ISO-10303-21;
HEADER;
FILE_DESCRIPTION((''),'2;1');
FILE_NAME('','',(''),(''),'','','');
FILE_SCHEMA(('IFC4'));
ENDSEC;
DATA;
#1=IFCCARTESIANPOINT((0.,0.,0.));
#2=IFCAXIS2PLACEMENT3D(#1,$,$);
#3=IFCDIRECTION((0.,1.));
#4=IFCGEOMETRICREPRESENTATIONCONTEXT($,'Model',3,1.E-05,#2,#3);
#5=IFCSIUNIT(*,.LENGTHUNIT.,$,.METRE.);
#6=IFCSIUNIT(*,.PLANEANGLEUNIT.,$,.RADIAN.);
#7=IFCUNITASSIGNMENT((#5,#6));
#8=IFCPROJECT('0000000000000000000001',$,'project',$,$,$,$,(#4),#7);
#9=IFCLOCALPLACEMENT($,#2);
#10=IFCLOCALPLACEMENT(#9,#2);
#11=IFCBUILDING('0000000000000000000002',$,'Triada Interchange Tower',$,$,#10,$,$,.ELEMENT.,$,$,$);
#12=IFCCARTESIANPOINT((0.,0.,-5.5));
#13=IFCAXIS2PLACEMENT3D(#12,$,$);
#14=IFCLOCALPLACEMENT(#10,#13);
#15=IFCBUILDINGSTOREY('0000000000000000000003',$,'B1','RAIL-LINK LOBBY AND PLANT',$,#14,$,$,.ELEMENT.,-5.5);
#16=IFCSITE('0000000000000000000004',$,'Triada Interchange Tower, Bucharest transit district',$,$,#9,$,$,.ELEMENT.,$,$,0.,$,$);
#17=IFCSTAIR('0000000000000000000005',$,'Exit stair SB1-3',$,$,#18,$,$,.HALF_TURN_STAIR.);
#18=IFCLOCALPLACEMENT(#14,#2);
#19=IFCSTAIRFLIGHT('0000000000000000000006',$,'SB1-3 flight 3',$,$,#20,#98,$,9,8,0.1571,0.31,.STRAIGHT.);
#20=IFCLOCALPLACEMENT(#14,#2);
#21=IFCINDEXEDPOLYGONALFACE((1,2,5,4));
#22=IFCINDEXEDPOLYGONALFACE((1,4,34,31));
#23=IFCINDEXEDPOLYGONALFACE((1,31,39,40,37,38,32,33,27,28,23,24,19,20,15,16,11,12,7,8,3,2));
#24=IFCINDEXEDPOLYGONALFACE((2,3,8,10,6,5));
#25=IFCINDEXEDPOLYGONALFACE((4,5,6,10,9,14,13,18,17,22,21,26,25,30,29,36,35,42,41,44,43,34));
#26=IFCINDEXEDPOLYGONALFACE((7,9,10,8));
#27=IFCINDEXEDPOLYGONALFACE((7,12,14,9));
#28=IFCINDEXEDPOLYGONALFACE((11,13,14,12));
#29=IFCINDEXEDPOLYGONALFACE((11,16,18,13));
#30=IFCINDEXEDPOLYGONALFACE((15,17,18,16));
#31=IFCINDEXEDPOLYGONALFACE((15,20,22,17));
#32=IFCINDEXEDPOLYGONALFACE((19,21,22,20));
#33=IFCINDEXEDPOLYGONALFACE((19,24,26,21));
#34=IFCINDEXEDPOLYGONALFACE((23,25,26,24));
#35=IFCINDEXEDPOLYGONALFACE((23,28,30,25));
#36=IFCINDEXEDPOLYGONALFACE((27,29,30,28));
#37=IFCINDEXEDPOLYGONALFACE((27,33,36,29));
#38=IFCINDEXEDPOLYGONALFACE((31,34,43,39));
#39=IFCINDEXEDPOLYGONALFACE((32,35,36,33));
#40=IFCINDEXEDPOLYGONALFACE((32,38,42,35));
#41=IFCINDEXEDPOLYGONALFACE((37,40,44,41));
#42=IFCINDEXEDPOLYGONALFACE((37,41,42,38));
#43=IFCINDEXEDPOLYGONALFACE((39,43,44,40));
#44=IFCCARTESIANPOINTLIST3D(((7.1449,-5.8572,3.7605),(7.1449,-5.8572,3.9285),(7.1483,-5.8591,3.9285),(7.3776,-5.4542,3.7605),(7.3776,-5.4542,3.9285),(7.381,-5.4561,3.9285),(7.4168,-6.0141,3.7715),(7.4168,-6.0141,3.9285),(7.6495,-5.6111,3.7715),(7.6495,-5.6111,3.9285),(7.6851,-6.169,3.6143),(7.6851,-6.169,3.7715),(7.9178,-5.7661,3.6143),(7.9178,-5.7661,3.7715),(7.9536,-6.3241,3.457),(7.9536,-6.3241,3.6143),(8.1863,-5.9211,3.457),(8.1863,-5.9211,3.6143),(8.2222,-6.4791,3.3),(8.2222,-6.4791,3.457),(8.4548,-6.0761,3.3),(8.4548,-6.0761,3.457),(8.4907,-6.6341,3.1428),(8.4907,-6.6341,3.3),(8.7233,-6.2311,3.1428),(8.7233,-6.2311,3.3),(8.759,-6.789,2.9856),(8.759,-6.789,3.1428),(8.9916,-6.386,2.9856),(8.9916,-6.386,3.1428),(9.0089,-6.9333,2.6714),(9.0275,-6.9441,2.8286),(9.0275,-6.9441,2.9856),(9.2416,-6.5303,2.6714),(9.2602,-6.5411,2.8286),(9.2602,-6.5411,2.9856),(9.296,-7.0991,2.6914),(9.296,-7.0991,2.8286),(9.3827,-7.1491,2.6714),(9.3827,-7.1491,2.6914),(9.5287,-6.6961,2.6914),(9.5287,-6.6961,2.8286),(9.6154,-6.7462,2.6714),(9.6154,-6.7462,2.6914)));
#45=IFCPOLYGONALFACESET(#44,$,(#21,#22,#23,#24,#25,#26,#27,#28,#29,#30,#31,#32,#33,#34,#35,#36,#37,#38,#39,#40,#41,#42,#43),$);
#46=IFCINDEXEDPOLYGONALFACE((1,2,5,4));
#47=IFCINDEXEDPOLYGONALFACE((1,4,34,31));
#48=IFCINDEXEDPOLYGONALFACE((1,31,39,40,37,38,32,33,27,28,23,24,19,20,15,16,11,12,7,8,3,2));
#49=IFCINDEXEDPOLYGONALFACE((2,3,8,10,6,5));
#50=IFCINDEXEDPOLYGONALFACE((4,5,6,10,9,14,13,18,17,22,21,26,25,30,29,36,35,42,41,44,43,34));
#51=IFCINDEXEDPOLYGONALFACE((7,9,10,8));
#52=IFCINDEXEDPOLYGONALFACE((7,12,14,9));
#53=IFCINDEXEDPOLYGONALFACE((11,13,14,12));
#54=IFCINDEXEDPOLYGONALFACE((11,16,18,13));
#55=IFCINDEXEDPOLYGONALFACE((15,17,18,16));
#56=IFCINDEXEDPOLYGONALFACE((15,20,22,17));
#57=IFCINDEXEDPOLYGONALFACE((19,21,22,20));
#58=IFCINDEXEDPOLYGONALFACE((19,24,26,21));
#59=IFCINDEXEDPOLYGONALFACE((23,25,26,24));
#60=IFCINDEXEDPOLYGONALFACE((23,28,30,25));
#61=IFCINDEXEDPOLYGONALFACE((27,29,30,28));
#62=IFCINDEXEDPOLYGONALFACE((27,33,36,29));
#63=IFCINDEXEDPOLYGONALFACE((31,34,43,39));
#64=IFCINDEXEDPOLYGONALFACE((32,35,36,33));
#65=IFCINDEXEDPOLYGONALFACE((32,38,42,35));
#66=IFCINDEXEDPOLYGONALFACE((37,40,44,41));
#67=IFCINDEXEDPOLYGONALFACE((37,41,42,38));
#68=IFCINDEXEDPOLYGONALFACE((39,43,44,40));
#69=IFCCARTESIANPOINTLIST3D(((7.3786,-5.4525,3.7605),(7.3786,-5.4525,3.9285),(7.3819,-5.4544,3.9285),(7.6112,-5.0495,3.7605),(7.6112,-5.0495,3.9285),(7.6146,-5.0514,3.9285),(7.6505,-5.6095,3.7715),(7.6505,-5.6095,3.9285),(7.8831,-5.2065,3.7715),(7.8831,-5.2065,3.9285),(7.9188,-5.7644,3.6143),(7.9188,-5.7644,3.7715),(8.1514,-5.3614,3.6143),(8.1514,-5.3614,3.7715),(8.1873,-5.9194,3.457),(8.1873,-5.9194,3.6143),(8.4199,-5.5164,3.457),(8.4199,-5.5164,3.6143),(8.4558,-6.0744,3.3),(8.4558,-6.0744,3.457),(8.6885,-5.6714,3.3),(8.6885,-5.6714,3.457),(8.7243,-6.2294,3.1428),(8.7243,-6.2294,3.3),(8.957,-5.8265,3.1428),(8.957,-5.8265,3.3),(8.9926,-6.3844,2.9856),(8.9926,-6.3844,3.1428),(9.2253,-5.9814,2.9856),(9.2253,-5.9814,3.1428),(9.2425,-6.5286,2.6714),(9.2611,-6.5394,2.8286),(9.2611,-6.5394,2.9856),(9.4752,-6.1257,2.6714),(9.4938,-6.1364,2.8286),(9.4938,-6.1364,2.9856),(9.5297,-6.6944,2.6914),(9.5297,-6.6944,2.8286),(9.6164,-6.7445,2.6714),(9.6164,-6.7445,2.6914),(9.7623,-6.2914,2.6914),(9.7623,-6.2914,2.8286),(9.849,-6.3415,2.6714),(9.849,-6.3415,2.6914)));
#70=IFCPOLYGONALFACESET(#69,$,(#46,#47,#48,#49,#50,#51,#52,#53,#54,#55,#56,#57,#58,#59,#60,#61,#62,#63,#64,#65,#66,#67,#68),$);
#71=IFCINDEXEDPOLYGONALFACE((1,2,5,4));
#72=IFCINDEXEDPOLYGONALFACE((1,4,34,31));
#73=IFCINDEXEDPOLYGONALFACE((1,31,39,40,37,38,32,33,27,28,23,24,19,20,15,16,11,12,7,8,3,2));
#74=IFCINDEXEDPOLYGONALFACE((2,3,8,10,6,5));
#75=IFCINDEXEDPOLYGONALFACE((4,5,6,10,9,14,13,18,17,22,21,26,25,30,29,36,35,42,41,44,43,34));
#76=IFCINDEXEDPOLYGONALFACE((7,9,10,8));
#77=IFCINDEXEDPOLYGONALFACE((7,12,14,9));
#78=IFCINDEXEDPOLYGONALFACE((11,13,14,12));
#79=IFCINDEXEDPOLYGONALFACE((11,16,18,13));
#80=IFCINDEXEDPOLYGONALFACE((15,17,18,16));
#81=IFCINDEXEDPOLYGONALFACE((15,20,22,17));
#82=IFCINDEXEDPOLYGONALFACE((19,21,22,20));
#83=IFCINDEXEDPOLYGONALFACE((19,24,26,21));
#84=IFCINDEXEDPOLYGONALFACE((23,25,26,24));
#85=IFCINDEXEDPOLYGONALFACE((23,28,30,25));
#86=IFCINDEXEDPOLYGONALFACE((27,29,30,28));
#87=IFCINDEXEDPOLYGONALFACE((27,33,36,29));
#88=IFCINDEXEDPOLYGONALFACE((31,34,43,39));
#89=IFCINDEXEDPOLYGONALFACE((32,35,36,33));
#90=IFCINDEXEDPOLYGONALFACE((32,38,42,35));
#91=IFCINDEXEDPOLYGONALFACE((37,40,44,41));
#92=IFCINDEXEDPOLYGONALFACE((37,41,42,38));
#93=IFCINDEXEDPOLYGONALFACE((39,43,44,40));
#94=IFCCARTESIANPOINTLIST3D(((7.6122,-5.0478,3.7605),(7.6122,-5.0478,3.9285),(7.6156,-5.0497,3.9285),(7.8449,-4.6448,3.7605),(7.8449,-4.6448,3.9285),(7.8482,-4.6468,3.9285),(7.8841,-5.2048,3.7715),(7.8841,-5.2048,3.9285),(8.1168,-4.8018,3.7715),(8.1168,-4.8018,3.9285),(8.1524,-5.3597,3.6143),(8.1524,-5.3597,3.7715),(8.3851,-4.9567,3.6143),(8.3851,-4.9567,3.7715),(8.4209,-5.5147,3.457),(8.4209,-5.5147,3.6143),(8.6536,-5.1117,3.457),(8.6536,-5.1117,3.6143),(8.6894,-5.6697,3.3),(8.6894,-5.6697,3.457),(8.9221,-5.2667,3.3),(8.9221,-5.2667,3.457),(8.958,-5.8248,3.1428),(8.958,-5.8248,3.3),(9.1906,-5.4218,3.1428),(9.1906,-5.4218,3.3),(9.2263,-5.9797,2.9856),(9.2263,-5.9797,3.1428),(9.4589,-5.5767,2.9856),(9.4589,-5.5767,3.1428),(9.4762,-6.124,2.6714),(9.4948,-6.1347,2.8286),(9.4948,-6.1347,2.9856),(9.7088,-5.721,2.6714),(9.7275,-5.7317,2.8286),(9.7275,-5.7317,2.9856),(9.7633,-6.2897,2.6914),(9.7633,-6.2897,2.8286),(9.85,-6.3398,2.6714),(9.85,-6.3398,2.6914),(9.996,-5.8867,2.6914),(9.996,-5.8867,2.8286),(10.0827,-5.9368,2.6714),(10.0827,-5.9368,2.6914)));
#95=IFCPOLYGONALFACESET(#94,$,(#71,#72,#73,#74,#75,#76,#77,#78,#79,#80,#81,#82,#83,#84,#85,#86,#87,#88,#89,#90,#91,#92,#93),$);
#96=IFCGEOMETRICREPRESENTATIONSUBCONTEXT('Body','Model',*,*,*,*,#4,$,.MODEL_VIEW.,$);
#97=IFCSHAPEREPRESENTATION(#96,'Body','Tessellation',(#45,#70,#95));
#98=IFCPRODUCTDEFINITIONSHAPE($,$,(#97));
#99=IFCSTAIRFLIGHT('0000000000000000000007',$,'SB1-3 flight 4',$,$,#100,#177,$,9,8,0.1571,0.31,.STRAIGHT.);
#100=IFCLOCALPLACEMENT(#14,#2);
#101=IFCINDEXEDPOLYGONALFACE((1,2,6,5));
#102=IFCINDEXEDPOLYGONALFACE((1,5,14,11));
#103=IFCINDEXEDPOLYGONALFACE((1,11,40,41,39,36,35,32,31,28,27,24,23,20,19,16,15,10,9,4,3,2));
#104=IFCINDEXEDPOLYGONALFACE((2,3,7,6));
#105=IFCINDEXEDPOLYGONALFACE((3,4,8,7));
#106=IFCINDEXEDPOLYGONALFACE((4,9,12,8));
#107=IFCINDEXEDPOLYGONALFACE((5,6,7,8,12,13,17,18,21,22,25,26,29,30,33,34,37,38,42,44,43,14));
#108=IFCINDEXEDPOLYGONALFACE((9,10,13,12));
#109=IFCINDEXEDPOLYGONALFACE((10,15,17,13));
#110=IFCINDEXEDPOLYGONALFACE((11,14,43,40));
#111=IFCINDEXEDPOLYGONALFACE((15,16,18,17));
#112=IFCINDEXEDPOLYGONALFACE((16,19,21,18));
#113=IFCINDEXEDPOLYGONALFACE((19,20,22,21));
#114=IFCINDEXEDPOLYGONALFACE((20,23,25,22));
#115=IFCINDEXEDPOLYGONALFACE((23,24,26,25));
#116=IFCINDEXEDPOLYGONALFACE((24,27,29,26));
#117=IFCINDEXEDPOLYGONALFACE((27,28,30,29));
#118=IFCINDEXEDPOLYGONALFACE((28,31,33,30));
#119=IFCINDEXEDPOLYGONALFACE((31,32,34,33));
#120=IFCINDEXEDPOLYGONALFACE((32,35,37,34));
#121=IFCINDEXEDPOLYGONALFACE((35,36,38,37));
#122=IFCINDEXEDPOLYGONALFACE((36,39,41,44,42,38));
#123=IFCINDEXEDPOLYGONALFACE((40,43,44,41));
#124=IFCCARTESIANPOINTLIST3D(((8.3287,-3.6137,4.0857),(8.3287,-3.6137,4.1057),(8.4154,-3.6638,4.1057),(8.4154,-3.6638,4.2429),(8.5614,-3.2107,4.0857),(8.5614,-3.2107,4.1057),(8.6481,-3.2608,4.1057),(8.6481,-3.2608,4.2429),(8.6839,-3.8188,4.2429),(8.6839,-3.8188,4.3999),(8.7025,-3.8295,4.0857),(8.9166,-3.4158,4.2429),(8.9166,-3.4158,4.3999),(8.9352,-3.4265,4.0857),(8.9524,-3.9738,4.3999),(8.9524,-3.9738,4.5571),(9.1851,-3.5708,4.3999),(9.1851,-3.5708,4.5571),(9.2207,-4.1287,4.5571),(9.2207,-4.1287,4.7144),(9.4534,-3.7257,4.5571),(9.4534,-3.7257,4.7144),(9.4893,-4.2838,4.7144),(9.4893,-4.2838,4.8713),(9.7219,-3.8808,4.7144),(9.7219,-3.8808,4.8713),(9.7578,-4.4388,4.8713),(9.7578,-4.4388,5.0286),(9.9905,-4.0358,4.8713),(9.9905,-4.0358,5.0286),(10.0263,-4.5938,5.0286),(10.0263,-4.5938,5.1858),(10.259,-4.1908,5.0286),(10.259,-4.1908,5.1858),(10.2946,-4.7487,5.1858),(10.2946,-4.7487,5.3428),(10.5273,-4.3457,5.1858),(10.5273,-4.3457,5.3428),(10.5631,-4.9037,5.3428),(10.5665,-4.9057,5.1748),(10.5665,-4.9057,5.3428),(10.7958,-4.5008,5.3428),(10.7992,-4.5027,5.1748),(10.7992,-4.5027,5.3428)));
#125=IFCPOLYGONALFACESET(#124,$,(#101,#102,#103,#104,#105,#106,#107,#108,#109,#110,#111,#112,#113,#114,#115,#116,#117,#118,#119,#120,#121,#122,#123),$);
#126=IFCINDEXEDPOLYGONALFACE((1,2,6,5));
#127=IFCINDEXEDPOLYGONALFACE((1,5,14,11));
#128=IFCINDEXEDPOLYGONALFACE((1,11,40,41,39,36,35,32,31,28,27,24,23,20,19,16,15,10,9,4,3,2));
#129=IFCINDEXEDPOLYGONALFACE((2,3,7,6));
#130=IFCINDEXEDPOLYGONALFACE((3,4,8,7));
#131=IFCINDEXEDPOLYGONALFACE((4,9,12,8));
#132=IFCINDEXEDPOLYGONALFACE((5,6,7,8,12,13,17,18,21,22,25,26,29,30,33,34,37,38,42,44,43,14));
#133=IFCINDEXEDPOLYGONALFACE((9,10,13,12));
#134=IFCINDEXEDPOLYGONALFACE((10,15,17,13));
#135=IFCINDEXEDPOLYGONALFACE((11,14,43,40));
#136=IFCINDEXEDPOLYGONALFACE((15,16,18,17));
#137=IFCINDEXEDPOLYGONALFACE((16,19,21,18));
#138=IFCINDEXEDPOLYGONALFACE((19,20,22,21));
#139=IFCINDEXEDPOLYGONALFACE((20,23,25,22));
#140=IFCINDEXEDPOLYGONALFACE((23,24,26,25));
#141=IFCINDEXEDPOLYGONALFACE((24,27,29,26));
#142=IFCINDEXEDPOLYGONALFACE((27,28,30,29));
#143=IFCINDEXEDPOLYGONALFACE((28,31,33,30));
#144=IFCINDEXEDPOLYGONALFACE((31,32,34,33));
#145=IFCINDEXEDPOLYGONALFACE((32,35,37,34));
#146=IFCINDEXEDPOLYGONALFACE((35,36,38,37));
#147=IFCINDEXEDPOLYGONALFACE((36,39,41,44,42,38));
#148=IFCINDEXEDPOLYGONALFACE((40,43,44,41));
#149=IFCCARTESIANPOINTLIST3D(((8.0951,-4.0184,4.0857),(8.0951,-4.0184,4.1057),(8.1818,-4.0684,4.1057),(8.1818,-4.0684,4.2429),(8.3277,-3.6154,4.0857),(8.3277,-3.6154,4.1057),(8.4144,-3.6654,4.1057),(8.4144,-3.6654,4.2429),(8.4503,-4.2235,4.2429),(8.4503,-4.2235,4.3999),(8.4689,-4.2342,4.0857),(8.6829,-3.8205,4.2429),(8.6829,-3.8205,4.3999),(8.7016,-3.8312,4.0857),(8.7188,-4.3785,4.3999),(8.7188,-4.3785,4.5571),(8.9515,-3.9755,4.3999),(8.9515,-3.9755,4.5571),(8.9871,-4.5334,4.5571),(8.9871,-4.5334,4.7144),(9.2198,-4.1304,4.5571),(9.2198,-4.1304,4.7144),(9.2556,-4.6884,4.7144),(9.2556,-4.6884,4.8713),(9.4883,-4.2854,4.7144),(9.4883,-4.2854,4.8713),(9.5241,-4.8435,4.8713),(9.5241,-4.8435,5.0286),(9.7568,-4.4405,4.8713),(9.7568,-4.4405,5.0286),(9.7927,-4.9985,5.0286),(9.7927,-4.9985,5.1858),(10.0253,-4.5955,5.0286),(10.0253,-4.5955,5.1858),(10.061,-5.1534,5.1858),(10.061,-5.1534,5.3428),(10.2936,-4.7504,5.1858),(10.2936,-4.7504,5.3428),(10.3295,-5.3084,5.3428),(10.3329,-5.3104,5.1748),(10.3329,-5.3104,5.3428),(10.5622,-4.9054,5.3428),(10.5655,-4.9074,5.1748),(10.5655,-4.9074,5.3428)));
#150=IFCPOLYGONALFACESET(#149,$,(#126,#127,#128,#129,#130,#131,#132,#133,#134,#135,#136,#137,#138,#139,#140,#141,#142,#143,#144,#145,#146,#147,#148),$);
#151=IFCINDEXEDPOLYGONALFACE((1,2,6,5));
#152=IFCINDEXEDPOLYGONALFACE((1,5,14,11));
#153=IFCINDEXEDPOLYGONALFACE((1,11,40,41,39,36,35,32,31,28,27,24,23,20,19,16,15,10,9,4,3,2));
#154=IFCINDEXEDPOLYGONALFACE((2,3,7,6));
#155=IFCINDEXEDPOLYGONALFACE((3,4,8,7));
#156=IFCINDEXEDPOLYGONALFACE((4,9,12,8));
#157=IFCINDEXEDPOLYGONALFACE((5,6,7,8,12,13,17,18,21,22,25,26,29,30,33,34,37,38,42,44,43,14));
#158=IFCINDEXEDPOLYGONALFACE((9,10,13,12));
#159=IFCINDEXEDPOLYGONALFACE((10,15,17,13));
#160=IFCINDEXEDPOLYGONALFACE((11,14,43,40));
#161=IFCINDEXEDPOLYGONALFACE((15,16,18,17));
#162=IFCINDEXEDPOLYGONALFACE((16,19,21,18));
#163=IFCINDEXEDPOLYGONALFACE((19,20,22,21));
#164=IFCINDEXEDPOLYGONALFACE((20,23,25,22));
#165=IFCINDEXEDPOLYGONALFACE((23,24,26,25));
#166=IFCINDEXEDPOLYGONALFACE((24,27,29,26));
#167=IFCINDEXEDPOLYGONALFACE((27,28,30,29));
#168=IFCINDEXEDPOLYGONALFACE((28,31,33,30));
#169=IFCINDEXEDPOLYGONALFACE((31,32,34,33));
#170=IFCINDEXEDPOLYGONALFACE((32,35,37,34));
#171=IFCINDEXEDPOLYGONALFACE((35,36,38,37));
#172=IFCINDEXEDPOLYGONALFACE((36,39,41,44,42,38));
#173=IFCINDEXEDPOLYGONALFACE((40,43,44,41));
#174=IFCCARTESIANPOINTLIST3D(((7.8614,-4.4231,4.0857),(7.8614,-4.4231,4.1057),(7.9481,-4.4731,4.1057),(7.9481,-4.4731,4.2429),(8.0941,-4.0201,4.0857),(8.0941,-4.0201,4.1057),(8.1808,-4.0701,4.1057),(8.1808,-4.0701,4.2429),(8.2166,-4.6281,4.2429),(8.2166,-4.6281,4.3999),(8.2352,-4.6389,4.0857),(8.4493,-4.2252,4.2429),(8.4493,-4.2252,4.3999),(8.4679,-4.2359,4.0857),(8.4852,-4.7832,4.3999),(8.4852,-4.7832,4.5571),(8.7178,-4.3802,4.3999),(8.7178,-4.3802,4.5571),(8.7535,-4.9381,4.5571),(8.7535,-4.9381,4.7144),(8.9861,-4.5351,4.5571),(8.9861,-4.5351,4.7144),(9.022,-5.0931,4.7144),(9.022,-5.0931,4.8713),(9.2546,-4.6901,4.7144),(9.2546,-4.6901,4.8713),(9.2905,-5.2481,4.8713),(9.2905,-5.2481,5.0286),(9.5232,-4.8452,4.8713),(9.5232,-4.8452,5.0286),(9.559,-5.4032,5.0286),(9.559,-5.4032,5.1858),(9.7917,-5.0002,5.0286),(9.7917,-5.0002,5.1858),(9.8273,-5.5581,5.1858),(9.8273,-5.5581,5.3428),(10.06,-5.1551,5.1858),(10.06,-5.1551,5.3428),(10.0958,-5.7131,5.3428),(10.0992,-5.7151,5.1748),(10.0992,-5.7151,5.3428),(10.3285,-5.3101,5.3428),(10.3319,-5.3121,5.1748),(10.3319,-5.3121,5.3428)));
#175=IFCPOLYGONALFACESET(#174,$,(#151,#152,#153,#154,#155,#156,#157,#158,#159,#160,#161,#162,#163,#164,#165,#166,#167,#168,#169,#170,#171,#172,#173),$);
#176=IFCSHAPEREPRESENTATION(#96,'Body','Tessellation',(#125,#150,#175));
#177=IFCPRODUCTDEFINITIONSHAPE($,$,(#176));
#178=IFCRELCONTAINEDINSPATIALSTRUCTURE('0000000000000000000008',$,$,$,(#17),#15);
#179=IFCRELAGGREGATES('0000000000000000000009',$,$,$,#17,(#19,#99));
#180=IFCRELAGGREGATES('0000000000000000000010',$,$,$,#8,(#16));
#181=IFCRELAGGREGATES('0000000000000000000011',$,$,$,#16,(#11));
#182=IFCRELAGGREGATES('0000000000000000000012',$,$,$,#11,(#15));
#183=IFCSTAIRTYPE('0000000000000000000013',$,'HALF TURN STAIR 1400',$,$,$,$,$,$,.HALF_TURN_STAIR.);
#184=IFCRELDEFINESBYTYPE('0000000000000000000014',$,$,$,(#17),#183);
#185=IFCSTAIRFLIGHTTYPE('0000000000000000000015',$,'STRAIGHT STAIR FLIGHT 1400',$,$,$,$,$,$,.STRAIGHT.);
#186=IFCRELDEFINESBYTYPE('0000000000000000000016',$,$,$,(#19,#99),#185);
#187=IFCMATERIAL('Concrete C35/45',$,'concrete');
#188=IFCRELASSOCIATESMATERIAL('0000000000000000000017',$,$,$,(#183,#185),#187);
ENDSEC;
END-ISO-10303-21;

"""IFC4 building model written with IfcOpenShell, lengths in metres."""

from ifc_helpers import new_model, si_unit, direction, frame, origin, place, context, subcontext, project, spatial, polyline, outline, extrude, material, type_object, element, aggregate, save


model = new_model("IFC4")

# Units and contexts
model_context = context("Model", 3, precision=1e-05, world=origin(), true_north=direction((0.0, 1.0)))
body_context = subcontext(model_context, "Body", "Model", "MODEL_VIEW")
ifc_project = project(units=[si_unit("LENGTHUNIT", "METRE"), si_unit("PLANEANGLEUNIT", "RADIAN")], contexts=[model_context])

# Site, building, storey
site_placement = place(None, origin())
site = spatial("IfcSite", under=ifc_project, at=site_placement, Name="Triada Interchange Tower, Bucharest transit district", CompositionType="ELEMENT", RefElevation=0.0)
building_placement = place(site_placement, origin())
building = spatial("IfcBuilding", under=site, at=building_placement, Name="Triada Interchange Tower", CompositionType="ELEMENT")
storey_placement = place(building_placement, frame((0.0, 0.0, -5.5)))
storey = spatial("IfcBuildingStorey", under=building, at=storey_placement, Name="B1", Description="RAIL-LINK LOBBY AND PLANT", CompositionType="ELEMENT", Elevation=-5.5)

# Stair, stair flights
ifc_material_1 = material(Name="Concrete C35/45", Category="concrete")
stair_type = type_object("IfcStairType", Name="HALF TURN STAIR 1400", PredefinedType="HALF_TURN_STAIR", material=ifc_material_1)
stair_placement = place(storey_placement, origin())
stair = element("IfcStair", 1, at=stair_placement, inside=storey, type_object=stair_type, Name="Exit stair SB1-3", PredefinedType="HALF_TURN_STAIR")
stair_flight_type = type_object("IfcStairFlightType", Name="STRAIGHT STAIR FLIGHT 1400", PredefinedType="STRAIGHT", material=ifc_material_1)
stair_flight_1_placement = place(storey_placement, frame((9.646, -6.4929, 2.6714), z_axis=(0.0, 0.0, 1.0), x_axis=(-0.866025, 0.5, 0.0)))
stair_flight_1 = element("IfcStairFlight", 2, at=stair_flight_1_placement, type_object=stair_flight_type, Name="SB1-3 flight 3", NumberOfRisers=9, NumberOfTreads=8, PredefinedType="STRAIGHT", RiserHeight=0.1571, TreadLength=0.31, context=body_context, shape_type="SweptSolid", body=[
    extrude(outline(polyline([(-0.1001, 0.0), (-0.1001, 0.02), (0.0, 0.02), (0.0, 0.1572), (0.3101, 0.1572), (0.3101, 0.3142), (0.6201, 0.3142), (0.6201, 0.4714), (0.9299, 0.4714), (0.9299, 0.6287), (1.24, 0.6287), (1.24, 0.7856), (1.55, 0.7856), (1.55, 0.9429), (1.8601, 0.9429), (1.8601, 1.1001), (2.1699, 1.1001), (2.1699, 1.2571), (2.48, 1.2571), (2.4839, 1.2571), (2.4839, 1.4143), (2.4839, 1.0891), (0.3315, 0.0), (-0.1001, 0.0)])), frame((0.0, 0.7, 0.0), z_axis=(0.0, -1.0, 0.0), x_axis=(1.0, 0.0, 0.0)), (0.0, 0.0, 1.0), 0.4653),
    extrude(outline(polyline([(-0.1001, 0.0), (-0.1001, 0.02), (0.0, 0.02), (0.0, 0.1572), (0.3101, 0.1572), (0.3101, 0.3142), (0.6201, 0.3142), (0.6201, 0.4714), (0.9299, 0.4714), (0.9299, 0.6287), (1.24, 0.6287), (1.24, 0.7856), (1.55, 0.7856), (1.55, 0.9429), (1.8601, 0.9429), (1.8601, 1.1001), (2.1699, 1.1001), (2.1699, 1.2571), (2.48, 1.2571), (2.4839, 1.2571), (2.4839, 1.4143), (2.4839, 1.0891), (0.3315, 0.0), (-0.1001, 0.0)])), frame((0.0, 0.2327, 0.0), z_axis=(0.0, -1.0, 0.0), x_axis=(1.0, 0.0, 0.0)), (0.0, 0.0, 1.0), 0.4653),
    extrude(outline(polyline([(-0.1001, 0.0), (-0.1001, 0.02), (0.0, 0.02), (0.0, 0.1572), (0.3101, 0.1572), (0.3101, 0.3142), (0.6201, 0.3142), (0.6201, 0.4714), (0.9299, 0.4714), (0.9299, 0.6287), (1.24, 0.6287), (1.24, 0.7856), (1.55, 0.7856), (1.55, 0.9429), (1.8601, 0.9429), (1.8601, 1.1001), (2.1699, 1.1001), (2.1699, 1.2571), (2.48, 1.2571), (2.4839, 1.2571), (2.4839, 1.4143), (2.4839, 1.0891), (0.3315, 0.0), (-0.1001, 0.0)])), frame((0.0, -0.2346, 0.0), z_axis=(0.0, -1.0, 0.0), x_axis=(1.0, 0.0, 0.0)), (0.0, 0.0, 1.0), 0.4653),
])
stair_flight_2_placement = place(storey_placement, frame((8.2981, -3.8669, 4.0857), z_axis=(0.0, 0.0, 1.0), x_axis=(0.866025, -0.5, 0.0)))
stair_flight_2 = element("IfcStairFlight", 3, at=stair_flight_2_placement, type_object=stair_flight_type, Name="SB1-3 flight 4", NumberOfRisers=9, NumberOfTreads=8, PredefinedType="STRAIGHT", RiserHeight=0.1571, TreadLength=0.31, context=body_context, shape_type="SweptSolid", body=[
    extrude(outline(polyline([(-0.1001, 0.0), (-0.1001, 0.02), (0.0, 0.02), (0.0, 0.1572), (0.3101, 0.1572), (0.3101, 0.3142), (0.6201, 0.3142), (0.6201, 0.4714), (0.9299, 0.4714), (0.9299, 0.6287), (1.24, 0.6287), (1.24, 0.7856), (1.55, 0.7856), (1.55, 0.9429), (1.8601, 0.9429), (1.8601, 1.1001), (2.1699, 1.1001), (2.1699, 1.2571), (2.48, 1.2571), (2.4839, 1.2571), (2.4839, 1.4143), (2.4839, 1.0891), (0.3315, 0.0), (-0.1001, 0.0)])), frame((0.0, 0.7, 0.0), z_axis=(0.0, -1.0, 0.0), x_axis=(1.0, 0.0, 0.0)), (0.0, 0.0, 1.0), 0.4653),
    extrude(outline(polyline([(-0.1001, 0.0), (-0.1001, 0.02), (0.0, 0.02), (0.0, 0.1572), (0.3101, 0.1572), (0.3101, 0.3142), (0.6201, 0.3142), (0.6201, 0.4714), (0.9299, 0.4714), (0.9299, 0.6287), (1.24, 0.6287), (1.24, 0.7856), (1.55, 0.7856), (1.55, 0.9429), (1.8601, 0.9429), (1.8601, 1.1001), (2.1699, 1.1001), (2.1699, 1.2571), (2.48, 1.2571), (2.4839, 1.2571), (2.4839, 1.4143), (2.4839, 1.0891), (0.3315, 0.0), (-0.1001, 0.0)])), frame((0.0, 0.2327, 0.0), z_axis=(0.0, -1.0, 0.0), x_axis=(1.0, 0.0, 0.0)), (0.0, 0.0, 1.0), 0.4653),
    extrude(outline(polyline([(-0.1001, 0.0), (-0.1001, 0.02), (0.0, 0.02), (0.0, 0.1572), (0.3101, 0.1572), (0.3101, 0.3142), (0.6201, 0.3142), (0.6201, 0.4714), (0.9299, 0.4714), (0.9299, 0.6287), (1.24, 0.6287), (1.24, 0.7856), (1.55, 0.7856), (1.55, 0.9429), (1.8601, 0.9429), (1.8601, 1.1001), (2.1699, 1.1001), (2.1699, 1.2571), (2.48, 1.2571), (2.4839, 1.2571), (2.4839, 1.4143), (2.4839, 1.0891), (0.3315, 0.0), (-0.1001, 0.0)])), frame((0.0, -0.2346, 0.0), z_axis=(0.0, -1.0, 0.0), x_axis=(1.0, 0.0, 0.0)), (0.0, 0.0, 1.0), 0.4653),
])
aggregate(stair, [stair_flight_1, stair_flight_2])

save(model, "model.ifc")
